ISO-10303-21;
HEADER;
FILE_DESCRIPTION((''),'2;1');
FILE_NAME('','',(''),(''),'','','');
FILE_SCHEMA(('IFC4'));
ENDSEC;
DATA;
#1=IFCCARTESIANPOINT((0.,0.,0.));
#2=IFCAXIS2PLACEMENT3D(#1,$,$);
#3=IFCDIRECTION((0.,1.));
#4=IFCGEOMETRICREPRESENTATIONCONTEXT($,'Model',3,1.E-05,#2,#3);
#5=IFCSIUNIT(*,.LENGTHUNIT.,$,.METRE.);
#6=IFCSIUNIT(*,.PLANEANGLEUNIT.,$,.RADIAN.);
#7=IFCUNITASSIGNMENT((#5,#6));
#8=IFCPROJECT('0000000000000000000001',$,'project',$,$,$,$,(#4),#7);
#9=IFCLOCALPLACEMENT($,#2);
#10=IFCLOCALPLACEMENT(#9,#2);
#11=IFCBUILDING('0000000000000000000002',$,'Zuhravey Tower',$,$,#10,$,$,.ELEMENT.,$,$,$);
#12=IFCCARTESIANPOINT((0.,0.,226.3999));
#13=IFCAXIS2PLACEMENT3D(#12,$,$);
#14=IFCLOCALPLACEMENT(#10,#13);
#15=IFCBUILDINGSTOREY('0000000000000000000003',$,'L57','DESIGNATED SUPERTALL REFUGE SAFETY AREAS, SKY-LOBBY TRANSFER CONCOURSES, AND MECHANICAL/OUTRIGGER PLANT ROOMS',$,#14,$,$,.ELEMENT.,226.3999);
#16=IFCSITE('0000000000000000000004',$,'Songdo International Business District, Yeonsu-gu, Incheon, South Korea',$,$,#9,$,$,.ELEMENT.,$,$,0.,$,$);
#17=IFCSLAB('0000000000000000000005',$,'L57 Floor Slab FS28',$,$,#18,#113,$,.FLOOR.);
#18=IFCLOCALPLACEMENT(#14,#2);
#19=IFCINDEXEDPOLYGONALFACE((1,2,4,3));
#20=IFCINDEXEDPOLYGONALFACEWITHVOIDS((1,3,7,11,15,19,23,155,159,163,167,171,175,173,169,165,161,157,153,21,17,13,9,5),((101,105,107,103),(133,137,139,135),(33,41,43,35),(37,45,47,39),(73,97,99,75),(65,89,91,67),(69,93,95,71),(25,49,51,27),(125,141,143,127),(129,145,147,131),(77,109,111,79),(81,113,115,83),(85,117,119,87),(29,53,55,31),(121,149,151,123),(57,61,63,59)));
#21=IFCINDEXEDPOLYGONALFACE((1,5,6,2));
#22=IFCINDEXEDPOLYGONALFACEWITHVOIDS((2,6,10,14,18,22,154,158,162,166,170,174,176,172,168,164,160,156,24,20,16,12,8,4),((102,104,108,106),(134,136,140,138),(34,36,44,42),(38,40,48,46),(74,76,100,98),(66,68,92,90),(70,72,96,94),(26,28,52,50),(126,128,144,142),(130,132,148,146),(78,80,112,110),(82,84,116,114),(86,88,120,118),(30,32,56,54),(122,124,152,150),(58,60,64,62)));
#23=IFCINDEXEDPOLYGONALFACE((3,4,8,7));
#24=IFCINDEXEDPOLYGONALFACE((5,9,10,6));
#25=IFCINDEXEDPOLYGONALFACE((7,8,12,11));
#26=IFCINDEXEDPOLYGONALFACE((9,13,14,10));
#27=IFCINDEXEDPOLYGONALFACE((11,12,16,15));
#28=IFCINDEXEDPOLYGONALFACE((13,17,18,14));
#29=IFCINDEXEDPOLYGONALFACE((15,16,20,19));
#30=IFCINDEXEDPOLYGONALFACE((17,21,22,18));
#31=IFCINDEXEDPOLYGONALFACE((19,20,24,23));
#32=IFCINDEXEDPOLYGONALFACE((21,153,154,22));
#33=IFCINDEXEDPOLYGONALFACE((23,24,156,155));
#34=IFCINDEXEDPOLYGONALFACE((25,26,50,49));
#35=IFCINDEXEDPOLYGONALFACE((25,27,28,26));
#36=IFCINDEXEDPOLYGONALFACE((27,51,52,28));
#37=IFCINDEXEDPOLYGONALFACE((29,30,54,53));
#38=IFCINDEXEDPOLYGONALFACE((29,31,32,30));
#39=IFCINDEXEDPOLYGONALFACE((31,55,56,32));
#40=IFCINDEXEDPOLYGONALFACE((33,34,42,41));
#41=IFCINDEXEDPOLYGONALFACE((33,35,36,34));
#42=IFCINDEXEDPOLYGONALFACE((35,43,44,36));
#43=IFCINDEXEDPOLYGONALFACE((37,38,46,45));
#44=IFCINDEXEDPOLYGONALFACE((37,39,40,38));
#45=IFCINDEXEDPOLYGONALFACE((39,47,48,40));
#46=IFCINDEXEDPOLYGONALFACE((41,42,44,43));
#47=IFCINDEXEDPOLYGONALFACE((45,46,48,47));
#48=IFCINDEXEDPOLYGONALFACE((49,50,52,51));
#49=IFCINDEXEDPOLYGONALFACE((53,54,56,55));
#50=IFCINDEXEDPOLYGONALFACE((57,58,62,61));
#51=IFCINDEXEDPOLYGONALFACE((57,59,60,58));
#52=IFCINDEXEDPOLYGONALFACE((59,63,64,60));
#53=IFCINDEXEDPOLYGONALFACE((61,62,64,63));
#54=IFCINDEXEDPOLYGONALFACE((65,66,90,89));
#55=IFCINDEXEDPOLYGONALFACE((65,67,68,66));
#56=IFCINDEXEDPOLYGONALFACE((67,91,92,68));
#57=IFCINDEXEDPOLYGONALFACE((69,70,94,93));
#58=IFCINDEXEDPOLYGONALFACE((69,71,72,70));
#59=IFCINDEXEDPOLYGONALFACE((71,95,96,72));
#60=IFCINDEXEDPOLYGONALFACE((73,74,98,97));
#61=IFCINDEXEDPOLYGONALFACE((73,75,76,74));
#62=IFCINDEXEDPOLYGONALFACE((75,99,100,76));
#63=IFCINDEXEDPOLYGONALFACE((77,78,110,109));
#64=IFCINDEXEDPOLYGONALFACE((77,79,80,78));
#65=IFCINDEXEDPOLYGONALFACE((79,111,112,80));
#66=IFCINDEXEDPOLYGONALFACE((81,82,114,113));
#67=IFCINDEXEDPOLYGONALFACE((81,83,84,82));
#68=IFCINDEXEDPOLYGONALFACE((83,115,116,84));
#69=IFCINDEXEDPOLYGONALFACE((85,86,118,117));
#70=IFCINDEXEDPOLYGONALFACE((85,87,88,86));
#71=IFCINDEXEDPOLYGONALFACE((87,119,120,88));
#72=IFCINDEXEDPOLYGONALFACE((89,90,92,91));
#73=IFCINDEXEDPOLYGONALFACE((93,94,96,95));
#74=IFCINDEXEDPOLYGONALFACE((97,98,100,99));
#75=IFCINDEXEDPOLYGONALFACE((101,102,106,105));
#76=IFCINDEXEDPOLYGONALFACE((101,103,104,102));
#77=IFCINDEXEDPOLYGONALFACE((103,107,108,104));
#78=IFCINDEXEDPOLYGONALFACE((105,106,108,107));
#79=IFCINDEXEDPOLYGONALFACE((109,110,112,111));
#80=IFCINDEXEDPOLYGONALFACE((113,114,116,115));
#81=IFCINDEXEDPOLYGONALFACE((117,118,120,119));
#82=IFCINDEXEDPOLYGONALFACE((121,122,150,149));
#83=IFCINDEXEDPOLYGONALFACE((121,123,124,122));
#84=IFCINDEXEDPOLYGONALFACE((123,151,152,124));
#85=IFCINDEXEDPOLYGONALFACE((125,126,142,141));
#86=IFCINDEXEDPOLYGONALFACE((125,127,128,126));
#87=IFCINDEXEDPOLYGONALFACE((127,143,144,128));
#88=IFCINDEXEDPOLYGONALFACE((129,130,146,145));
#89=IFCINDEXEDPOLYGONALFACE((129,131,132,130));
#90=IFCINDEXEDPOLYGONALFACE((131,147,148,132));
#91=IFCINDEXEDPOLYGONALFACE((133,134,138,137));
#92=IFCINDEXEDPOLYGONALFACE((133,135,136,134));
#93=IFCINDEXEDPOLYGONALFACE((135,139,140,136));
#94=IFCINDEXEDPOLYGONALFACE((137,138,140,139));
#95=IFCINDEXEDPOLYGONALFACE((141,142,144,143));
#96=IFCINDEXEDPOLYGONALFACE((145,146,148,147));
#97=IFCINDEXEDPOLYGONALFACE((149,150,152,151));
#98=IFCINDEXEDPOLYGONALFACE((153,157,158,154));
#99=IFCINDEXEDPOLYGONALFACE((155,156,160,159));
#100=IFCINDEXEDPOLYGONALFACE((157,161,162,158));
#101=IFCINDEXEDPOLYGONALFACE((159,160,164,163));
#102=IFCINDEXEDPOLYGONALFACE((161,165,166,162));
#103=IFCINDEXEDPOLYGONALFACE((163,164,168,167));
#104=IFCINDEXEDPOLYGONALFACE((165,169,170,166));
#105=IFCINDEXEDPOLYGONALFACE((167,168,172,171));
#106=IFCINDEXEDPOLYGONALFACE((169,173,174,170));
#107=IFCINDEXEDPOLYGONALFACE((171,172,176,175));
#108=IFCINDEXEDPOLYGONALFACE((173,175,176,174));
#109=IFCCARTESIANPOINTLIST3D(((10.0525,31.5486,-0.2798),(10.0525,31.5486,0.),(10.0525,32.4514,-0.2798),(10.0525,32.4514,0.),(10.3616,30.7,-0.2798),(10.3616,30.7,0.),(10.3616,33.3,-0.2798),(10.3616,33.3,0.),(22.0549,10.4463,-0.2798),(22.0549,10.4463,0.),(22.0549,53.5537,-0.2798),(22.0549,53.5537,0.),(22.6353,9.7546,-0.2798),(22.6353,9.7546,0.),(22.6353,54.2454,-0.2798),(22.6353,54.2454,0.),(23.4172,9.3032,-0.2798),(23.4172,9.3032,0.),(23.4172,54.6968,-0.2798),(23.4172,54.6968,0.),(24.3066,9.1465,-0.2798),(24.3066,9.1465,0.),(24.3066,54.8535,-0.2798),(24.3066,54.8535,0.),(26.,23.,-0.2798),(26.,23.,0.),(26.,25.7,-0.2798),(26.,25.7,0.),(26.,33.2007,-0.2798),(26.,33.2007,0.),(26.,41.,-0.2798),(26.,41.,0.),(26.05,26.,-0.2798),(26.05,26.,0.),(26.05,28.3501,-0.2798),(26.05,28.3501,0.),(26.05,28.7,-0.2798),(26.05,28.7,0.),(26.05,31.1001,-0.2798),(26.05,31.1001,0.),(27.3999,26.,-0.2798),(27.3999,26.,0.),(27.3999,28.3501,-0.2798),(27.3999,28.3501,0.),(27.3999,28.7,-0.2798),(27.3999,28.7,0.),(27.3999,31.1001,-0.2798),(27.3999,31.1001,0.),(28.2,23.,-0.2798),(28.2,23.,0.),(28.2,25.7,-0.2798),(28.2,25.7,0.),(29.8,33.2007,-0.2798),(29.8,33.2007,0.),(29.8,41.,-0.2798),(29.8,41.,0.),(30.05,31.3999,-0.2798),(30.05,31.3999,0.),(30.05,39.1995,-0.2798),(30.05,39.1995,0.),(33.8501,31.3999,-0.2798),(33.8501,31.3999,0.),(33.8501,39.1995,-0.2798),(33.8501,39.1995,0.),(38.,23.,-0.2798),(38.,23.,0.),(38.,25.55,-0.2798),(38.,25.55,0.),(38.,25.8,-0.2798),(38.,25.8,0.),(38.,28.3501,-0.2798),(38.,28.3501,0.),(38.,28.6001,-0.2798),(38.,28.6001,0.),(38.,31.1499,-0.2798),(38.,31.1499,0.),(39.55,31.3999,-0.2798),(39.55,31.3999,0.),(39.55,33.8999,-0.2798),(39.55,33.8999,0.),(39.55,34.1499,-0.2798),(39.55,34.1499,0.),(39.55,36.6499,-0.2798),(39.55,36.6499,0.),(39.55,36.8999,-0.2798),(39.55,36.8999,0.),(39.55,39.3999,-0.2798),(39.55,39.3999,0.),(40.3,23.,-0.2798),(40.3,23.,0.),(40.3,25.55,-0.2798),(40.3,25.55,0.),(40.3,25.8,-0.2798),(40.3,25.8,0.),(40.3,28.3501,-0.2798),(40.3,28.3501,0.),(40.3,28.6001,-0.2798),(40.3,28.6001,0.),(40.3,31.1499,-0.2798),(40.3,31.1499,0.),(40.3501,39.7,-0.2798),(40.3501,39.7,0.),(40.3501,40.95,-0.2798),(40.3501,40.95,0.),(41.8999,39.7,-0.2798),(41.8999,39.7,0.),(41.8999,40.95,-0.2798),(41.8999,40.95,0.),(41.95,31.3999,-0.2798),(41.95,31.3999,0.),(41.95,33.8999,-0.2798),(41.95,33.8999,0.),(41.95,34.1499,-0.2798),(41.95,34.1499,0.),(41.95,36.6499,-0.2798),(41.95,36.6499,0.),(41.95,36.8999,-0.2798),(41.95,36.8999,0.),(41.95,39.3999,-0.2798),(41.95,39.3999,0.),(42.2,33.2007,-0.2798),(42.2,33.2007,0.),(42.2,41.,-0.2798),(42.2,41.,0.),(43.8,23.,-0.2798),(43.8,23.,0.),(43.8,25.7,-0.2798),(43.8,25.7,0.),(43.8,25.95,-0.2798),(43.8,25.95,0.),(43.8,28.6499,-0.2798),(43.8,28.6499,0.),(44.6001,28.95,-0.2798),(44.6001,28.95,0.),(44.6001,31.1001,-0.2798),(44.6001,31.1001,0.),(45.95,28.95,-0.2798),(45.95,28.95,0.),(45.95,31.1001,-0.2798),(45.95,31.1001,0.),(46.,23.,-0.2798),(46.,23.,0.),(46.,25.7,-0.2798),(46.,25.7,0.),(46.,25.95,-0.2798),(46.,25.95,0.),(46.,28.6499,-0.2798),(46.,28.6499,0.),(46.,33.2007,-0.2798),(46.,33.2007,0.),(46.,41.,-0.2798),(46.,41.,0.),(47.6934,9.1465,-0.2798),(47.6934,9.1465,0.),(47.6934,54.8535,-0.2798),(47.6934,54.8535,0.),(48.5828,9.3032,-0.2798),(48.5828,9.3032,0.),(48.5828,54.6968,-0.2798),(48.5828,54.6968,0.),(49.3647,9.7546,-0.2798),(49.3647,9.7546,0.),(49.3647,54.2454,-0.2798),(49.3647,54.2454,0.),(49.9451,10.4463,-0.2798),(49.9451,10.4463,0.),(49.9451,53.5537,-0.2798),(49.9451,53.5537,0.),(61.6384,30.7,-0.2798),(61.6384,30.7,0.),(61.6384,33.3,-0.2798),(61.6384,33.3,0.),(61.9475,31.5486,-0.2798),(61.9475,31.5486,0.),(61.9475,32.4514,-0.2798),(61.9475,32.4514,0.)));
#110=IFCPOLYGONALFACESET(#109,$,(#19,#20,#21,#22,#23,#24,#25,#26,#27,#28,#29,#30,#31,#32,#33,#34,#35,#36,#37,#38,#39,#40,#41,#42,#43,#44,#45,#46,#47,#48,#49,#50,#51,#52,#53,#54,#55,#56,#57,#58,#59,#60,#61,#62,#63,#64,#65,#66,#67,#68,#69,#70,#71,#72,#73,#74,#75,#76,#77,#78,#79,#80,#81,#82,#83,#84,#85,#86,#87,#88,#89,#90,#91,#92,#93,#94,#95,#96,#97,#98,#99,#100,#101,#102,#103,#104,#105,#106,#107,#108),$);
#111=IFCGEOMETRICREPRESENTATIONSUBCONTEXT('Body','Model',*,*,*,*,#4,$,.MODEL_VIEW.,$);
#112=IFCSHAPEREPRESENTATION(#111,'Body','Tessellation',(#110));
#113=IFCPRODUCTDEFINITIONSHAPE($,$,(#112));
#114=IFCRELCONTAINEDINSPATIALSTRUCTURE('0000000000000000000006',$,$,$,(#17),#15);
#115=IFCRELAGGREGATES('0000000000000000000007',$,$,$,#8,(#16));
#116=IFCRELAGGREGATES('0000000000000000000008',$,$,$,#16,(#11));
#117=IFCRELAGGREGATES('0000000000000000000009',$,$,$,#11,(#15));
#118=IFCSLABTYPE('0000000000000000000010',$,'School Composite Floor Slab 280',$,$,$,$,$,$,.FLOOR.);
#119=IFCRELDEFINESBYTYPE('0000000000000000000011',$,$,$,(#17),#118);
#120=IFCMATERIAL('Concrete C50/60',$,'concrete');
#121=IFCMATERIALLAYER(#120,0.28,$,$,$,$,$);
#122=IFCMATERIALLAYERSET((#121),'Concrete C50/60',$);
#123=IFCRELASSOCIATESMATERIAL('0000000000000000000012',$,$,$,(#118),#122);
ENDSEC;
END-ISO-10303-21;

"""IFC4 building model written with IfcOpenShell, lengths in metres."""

from ifc_helpers import new_model, si_unit, direction, frame, origin, place, context, subcontext, project, spatial, polyline, outline, extrude, material, layer, layer_set, type_object, element, save


model = new_model("IFC4")

# Units and contexts
model_context = context("Model", 3, precision=1e-05, world=origin(), true_north=direction((0.0, 1.0)))
body_context = subcontext(model_context, "Body", "Model", "MODEL_VIEW")
ifc_project = project(units=[si_unit("LENGTHUNIT", "METRE"), si_unit("PLANEANGLEUNIT", "RADIAN")], contexts=[model_context])

# Site, building, storey
site_placement = place(None, origin())
site = spatial("IfcSite", under=ifc_project, at=site_placement, Name="Songdo International Business District, Yeonsu-gu, Incheon, South Korea", CompositionType="ELEMENT", RefElevation=0.0)
building_placement = place(site_placement, origin())
building = spatial("IfcBuilding", under=site, at=building_placement, Name="Zuhravey Tower", CompositionType="ELEMENT")
storey_placement = place(building_placement, frame((0.0, 0.0, 226.3999)))
storey = spatial("IfcBuildingStorey", under=building, at=storey_placement, Name="L57", Description="DESIGNATED SUPERTALL REFUGE SAFETY AREAS, SKY-LOBBY TRANSFER CONCOURSES, AND MECHANICAL/OUTRIGGER PLANT ROOMS", CompositionType="ELEMENT", Elevation=226.3999)

# Shared definitions
ifc_material_1 = material(Name="Concrete C50/60", Category="concrete")

# Slab
ifc_layer_1 = layer(ifc_material_1, 0.28)
ifc_layer_set_1 = layer_set([ifc_layer_1], Name="Concrete C50/60")
slab_type_1 = type_object("IfcSlabType", Name="School Composite Floor Slab 280", PredefinedType="FLOOR", material=ifc_layer_set_1)
slab_1_placement = place(storey_placement, frame((0.0, 0.0, -0.2798)))
element("IfcSlab", 1, at=slab_1_placement, inside=storey, type_object=slab_type_1, Name="L57 Floor Slab FS28", PredefinedType="FLOOR", context=body_context, shape_type="SweptSolid", body=[
    extrude(outline(polyline([(61.6384, 30.7), (61.9475, 31.5486), (61.9475, 32.4514), (61.6384, 33.3), (49.9451, 53.5537), (49.3647, 54.2454), (48.5828, 54.6968), (47.6934, 54.8535), (24.3066, 54.8535), (23.4172, 54.6968), (22.6353, 54.2454), (22.0549, 53.5537), (10.3616, 33.3), (10.0525, 32.4514), (10.0525, 31.5486), (10.3616, 30.7), (22.0549, 10.4463), (22.6353, 9.7546), (23.4172, 9.3032), (24.3066, 9.1465), (47.6934, 9.1465), (48.5828, 9.3032), (49.3647, 9.7546), (49.9451, 10.4463), (61.6384, 30.7)]), holes=[polyline([(29.8, 33.2007), (29.8, 41.0), (26.0, 41.0), (26.0, 33.2007), (29.8, 33.2007)]), polyline([(46.0, 33.2007), (46.0, 41.0), (42.2, 41.0), (42.2, 33.2007), (46.0, 33.2007)]), polyline([(30.05, 39.1995), (30.05, 31.3999), (33.8501, 31.3999), (33.8501, 39.1995), (30.05, 39.1995)]), polyline([(38.0, 23.0), (40.3, 23.0), (40.3, 25.55), (38.0, 25.55), (38.0, 23.0)]), polyline([(38.0, 25.8), (40.3, 25.8), (40.3, 28.3501), (38.0, 28.3501), (38.0, 25.8)]), polyline([(38.0, 28.6001), (40.3, 28.6001), (40.3, 31.1499), (38.0, 31.1499), (38.0, 28.6001)]), polyline([(39.55, 31.3999), (41.95, 31.3999), (41.95, 33.8999), (39.55, 33.8999), (39.55, 31.3999)]), polyline([(39.55, 34.1499), (41.95, 34.1499), (41.95, 36.6499), (39.55, 36.6499), (39.55, 34.1499)]), polyline([(39.55, 36.8999), (41.95, 36.8999), (41.95, 39.3999), (39.55, 39.3999), (39.55, 36.8999)]), polyline([(26.0, 23.0), (28.2, 23.0), (28.2, 25.7), (26.0, 25.7), (26.0, 23.0)]), polyline([(43.8, 23.0), (46.0, 23.0), (46.0, 25.7), (43.8, 25.7), (43.8, 23.0)]), polyline([(43.8, 25.95), (46.0, 25.95), (46.0, 28.6499), (43.8, 28.6499), (43.8, 25.95)]), polyline([(26.05, 26.0), (27.3999, 26.0), (27.3999, 28.3501), (26.05, 28.3501), (26.05, 26.0)]), polyline([(26.05, 28.7), (27.3999, 28.7), (27.3999, 31.1001), (26.05, 31.1001), (26.05, 28.7)]), polyline([(44.6001, 28.95), (45.95, 28.95), (45.95, 31.1001), (44.6001, 31.1001), (44.6001, 28.95)]), polyline([(40.3501, 39.7), (41.8999, 39.7), (41.8999, 40.95), (40.3501, 40.95), (40.3501, 39.7)])]), origin(), (0.0, 0.0, 1.0), 0.2798),
])

save(model, "model.ifc")
